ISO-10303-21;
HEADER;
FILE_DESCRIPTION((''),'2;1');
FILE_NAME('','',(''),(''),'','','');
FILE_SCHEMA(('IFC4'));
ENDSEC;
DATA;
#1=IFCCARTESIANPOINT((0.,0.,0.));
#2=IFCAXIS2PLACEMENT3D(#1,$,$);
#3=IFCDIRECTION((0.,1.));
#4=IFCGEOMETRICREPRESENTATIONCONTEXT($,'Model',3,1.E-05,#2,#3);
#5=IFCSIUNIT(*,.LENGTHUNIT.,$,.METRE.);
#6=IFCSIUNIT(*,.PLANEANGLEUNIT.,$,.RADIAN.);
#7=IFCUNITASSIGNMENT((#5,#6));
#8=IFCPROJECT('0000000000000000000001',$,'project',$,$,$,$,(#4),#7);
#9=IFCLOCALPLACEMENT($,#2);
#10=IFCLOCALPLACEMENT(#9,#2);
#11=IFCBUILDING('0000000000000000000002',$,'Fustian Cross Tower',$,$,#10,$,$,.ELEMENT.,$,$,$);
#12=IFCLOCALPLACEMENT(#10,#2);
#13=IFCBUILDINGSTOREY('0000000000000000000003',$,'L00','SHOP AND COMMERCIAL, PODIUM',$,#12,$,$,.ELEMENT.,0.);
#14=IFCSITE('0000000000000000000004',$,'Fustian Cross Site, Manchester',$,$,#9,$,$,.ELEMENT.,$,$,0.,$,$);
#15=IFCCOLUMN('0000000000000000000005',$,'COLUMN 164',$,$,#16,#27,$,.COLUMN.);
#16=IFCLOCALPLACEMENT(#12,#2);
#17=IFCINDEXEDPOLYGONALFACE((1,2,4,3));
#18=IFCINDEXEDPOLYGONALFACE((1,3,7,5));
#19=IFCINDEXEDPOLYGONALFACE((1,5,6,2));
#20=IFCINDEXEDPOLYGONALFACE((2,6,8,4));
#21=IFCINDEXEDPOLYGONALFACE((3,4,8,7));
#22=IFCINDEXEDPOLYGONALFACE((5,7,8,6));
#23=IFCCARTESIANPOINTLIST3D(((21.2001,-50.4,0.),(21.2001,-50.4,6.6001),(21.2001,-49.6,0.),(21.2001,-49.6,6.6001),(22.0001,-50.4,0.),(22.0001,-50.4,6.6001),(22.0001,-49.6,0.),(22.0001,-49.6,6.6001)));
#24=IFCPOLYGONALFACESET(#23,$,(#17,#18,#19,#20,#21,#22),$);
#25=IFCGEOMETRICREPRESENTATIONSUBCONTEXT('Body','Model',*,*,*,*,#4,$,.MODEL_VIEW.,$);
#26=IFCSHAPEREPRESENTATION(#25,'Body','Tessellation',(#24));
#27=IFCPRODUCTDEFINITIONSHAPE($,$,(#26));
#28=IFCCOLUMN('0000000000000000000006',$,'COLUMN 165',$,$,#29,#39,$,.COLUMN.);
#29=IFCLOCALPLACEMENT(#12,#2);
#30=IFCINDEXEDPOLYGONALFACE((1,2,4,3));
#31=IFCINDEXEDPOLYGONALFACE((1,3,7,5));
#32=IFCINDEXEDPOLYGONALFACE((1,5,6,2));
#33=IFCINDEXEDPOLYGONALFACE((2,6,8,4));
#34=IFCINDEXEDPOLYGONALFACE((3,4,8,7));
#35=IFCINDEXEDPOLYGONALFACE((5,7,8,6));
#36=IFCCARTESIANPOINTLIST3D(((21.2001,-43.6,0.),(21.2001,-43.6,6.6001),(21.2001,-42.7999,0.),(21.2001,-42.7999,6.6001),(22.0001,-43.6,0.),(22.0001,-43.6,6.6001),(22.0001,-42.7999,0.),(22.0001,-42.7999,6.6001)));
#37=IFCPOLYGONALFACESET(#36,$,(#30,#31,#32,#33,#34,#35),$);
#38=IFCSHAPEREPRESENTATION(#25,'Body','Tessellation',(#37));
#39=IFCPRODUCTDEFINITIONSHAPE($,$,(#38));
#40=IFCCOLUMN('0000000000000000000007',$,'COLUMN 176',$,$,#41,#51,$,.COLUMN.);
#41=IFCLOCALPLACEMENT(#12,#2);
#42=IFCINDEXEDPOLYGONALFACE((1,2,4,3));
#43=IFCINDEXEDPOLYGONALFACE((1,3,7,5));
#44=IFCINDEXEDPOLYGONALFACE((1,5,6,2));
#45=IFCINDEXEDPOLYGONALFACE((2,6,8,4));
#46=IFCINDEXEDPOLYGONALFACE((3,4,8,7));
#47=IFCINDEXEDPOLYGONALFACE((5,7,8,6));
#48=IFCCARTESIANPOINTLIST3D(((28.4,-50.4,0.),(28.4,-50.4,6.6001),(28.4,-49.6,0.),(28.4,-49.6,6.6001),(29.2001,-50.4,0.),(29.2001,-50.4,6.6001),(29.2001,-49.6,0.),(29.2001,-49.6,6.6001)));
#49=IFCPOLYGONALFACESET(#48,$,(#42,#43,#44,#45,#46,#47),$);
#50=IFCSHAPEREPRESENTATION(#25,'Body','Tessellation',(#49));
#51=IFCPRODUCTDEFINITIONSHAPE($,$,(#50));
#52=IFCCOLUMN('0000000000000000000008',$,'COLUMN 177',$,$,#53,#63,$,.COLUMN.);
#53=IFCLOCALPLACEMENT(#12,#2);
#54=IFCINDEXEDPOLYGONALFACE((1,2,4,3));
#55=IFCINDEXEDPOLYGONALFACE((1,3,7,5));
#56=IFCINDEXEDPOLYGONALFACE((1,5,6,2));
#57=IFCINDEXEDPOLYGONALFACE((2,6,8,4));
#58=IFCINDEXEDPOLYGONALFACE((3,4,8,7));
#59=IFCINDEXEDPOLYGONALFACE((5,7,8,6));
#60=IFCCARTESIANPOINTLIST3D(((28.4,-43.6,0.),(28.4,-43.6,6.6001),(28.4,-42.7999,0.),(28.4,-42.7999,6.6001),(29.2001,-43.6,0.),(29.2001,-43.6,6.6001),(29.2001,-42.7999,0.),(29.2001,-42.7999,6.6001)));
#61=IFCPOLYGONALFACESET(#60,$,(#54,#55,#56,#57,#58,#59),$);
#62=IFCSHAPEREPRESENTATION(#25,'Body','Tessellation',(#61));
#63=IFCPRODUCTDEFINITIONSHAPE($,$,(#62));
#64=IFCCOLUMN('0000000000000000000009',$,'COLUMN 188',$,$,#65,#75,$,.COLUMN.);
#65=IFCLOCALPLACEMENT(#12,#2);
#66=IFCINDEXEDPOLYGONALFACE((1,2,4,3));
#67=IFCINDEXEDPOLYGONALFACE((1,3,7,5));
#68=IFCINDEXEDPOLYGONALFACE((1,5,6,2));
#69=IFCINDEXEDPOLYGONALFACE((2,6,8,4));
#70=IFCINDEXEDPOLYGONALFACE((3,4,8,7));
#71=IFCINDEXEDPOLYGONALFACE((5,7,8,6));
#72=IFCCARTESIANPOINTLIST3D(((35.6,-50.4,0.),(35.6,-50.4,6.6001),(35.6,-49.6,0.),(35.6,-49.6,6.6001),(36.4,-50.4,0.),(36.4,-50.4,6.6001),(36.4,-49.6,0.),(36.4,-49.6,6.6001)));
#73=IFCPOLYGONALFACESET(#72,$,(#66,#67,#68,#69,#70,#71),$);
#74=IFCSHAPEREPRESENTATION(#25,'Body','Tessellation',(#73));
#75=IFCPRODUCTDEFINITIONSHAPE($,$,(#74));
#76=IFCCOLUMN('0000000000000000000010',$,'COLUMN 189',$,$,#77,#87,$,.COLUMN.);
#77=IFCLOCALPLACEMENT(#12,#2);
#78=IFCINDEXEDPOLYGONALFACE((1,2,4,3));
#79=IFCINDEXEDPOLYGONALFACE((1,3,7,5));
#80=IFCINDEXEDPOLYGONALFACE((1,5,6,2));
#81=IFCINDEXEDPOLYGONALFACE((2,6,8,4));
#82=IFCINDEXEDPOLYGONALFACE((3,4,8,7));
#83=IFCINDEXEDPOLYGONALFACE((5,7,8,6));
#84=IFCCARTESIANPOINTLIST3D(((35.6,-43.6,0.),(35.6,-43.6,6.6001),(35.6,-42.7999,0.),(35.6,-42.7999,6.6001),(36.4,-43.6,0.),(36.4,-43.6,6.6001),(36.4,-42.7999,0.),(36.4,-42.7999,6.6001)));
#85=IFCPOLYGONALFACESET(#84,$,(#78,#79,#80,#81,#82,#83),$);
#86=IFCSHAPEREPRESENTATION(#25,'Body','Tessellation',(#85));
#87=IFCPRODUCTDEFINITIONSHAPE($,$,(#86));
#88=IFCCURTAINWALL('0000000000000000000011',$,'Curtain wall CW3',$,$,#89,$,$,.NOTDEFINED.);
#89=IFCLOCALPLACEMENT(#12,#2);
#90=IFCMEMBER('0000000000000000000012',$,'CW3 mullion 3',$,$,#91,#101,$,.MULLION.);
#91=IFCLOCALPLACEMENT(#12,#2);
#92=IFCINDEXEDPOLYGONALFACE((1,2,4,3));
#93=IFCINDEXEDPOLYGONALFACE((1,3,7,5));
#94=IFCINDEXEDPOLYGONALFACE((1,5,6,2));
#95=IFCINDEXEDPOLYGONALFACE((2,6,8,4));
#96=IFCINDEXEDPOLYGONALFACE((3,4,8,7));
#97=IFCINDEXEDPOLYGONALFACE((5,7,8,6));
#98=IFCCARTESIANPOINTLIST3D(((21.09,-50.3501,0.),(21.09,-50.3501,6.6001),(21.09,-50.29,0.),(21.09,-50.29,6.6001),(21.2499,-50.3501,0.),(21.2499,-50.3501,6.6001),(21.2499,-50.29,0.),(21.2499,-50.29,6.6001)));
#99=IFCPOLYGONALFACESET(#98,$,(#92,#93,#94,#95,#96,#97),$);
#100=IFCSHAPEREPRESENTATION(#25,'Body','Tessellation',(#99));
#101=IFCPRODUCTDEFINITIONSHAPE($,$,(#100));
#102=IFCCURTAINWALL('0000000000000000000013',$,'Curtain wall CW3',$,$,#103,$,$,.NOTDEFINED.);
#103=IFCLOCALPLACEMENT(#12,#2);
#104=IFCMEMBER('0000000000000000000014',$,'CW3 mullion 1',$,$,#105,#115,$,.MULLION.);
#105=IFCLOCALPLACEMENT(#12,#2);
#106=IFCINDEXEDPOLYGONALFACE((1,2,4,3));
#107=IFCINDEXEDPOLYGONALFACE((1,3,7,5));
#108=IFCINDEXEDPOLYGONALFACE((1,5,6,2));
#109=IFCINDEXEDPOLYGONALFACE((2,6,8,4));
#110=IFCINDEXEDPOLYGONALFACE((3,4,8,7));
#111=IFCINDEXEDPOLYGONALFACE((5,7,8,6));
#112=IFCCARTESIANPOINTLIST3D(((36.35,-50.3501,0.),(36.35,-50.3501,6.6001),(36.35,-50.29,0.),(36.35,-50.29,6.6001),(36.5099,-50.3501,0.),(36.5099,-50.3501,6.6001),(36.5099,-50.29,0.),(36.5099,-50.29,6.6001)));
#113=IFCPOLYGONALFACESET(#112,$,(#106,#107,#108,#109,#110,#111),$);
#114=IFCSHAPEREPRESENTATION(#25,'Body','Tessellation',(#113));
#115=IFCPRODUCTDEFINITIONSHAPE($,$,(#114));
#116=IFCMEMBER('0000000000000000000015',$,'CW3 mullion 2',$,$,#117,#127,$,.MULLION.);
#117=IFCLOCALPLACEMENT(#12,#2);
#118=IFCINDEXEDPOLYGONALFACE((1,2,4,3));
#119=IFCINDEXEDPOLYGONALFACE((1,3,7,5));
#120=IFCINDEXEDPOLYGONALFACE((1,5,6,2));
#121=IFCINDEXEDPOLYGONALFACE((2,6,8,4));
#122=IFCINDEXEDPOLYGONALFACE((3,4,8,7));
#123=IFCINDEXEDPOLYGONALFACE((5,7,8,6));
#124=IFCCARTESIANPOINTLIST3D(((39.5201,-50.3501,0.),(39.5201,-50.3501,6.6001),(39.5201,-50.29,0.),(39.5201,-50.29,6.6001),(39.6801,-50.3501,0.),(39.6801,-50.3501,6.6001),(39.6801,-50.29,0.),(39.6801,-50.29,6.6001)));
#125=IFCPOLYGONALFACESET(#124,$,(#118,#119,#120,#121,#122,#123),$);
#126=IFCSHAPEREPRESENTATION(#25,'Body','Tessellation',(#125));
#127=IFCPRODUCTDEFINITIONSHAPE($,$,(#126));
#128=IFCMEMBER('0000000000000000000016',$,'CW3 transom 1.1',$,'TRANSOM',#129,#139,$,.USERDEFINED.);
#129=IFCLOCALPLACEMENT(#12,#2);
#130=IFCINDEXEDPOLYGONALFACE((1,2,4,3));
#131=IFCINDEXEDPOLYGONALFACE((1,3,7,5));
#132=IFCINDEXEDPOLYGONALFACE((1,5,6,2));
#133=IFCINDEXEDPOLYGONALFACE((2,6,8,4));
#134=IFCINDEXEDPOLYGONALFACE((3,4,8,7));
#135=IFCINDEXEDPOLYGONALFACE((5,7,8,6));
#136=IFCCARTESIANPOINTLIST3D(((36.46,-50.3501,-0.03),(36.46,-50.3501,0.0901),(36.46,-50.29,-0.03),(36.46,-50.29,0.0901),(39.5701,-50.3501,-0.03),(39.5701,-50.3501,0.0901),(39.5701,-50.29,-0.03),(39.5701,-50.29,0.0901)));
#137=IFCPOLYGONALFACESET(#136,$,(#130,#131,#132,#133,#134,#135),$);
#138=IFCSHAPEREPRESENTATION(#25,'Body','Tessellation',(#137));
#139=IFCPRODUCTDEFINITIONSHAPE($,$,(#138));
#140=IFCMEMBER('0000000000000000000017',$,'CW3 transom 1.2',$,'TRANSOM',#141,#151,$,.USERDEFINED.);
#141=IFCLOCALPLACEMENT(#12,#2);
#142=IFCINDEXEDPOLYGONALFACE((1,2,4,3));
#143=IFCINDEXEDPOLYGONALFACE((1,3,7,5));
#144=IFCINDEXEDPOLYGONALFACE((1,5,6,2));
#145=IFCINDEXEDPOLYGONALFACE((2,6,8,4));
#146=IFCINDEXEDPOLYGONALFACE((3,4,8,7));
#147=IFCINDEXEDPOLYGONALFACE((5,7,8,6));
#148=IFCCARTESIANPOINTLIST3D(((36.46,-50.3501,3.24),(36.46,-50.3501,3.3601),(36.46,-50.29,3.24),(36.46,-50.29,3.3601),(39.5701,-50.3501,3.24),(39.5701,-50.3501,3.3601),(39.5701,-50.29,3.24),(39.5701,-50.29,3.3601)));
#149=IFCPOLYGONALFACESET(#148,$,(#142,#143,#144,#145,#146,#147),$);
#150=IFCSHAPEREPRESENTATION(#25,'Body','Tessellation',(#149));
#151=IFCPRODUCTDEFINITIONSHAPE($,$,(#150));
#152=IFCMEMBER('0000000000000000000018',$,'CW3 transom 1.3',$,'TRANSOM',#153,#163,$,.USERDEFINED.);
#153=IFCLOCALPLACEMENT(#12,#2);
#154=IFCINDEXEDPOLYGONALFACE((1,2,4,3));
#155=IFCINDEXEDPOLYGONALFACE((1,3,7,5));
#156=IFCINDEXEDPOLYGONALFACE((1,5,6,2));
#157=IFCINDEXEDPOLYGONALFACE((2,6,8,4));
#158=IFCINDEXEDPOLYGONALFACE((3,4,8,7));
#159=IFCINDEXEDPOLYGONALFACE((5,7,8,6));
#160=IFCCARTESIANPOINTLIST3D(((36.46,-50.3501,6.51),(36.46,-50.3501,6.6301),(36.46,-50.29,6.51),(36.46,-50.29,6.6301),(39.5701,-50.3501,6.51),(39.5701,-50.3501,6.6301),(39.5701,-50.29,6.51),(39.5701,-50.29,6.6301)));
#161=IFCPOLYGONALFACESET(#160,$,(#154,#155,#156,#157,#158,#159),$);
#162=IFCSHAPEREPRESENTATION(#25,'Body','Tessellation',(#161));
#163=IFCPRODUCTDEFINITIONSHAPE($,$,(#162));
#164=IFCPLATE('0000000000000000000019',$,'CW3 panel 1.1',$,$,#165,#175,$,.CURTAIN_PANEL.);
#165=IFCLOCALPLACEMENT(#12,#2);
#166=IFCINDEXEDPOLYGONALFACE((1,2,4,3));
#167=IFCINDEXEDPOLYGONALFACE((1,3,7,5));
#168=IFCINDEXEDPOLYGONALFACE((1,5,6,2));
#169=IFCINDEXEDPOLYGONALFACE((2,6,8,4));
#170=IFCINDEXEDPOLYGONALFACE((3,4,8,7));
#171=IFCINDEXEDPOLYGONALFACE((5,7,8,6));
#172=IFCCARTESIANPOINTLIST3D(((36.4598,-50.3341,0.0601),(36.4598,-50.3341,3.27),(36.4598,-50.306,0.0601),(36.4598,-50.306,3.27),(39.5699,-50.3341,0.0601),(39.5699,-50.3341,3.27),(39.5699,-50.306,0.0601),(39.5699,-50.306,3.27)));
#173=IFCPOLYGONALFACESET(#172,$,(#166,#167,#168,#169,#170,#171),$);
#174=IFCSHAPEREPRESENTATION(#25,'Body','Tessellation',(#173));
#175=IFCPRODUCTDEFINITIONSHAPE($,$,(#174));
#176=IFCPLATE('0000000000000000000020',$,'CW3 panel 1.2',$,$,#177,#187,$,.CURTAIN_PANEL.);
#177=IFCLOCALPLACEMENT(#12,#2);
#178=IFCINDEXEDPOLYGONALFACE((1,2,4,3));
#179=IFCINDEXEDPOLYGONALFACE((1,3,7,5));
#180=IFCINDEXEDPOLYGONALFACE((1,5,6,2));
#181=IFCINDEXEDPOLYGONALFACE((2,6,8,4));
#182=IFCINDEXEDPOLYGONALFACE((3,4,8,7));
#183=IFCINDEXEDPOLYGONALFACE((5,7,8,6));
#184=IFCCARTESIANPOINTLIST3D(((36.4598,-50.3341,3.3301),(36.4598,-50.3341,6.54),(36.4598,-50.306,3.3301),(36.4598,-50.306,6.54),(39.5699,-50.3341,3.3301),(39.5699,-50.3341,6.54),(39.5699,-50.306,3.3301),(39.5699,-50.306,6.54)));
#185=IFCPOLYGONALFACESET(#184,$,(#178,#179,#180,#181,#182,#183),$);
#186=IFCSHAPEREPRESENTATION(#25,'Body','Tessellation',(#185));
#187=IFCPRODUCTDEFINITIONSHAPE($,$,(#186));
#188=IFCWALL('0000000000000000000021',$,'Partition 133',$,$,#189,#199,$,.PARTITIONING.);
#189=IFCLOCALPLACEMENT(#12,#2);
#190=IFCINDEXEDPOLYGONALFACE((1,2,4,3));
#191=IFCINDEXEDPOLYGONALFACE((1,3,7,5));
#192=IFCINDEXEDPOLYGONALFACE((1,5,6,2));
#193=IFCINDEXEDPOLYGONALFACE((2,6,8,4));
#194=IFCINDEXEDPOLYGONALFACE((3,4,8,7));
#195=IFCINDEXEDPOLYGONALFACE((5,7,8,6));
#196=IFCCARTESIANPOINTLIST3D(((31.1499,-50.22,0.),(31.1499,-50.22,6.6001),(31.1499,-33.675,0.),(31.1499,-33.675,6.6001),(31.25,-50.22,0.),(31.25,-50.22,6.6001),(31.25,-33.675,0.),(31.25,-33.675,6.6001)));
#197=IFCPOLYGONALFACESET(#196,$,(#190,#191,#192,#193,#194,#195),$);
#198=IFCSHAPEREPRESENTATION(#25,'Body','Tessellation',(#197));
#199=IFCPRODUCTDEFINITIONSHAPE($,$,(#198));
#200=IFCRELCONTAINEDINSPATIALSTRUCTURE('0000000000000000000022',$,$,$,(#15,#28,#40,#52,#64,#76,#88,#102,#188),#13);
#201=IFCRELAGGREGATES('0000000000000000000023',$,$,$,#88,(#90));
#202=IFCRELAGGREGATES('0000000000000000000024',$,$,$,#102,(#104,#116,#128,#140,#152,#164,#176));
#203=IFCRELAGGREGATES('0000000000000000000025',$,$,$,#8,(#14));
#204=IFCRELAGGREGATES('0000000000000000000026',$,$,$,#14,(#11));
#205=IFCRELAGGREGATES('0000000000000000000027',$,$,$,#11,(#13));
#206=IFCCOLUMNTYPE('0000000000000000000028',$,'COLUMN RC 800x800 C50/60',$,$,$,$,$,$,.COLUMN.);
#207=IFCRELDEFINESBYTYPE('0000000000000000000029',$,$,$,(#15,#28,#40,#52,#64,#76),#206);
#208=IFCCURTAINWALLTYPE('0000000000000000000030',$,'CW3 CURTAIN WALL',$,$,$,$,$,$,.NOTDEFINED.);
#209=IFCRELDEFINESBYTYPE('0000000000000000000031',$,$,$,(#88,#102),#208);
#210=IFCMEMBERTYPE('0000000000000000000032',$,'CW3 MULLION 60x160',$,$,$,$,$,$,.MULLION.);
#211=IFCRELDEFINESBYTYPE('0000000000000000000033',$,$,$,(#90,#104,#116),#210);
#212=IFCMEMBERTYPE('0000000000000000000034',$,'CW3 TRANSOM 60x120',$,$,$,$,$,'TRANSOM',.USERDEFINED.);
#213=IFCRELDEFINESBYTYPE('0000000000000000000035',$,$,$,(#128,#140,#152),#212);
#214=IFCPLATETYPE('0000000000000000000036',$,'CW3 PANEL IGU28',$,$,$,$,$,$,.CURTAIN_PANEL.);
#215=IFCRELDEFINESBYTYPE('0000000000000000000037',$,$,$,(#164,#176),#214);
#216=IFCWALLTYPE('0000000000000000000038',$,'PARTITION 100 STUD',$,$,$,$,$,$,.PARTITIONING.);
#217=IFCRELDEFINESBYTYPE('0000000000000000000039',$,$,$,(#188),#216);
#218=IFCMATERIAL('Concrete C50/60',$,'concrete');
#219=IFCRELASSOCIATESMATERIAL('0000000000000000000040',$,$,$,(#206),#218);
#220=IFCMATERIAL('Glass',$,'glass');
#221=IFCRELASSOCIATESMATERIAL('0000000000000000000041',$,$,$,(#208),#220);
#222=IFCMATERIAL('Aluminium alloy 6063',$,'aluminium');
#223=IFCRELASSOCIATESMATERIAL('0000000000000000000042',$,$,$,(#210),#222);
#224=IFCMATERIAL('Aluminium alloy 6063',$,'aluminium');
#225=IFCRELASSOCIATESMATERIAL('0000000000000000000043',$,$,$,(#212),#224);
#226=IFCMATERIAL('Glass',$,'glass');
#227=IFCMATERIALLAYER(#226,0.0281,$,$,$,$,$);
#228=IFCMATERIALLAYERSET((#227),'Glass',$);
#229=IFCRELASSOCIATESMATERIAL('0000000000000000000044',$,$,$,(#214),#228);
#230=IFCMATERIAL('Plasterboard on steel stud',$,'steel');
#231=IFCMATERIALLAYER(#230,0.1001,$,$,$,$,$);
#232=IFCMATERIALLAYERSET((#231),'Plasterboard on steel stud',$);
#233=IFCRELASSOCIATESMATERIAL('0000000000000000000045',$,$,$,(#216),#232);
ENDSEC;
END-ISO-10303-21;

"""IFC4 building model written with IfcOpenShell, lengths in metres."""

from ifc_helpers import new_model, si_unit, direction, frame, frame_2d, origin, origin_2d, place, context, subcontext, project, spatial, rectangle, extrude, material, layer, layer_set, material_profile, profile_set, type_object, element, aggregate, save


model = new_model("IFC4")

# Units and contexts
model_context = context("Model", 3, precision=1e-05, world=origin(), true_north=direction((0.0, 1.0)))
body_context = subcontext(model_context, "Body", "Model", "MODEL_VIEW")
ifc_project = project(units=[si_unit("LENGTHUNIT", "METRE"), si_unit("PLANEANGLEUNIT", "RADIAN")], contexts=[model_context])

# Site, building, storey
site_placement = place(None, origin())
site = spatial("IfcSite", under=ifc_project, at=site_placement, Name="Fustian Cross Site, Manchester", CompositionType="ELEMENT", RefElevation=0.0)
building_placement = place(site_placement, origin())
building = spatial("IfcBuilding", under=site, at=building_placement, Name="Fustian Cross Tower", CompositionType="ELEMENT")
storey_placement = place(building_placement, origin())
storey = spatial("IfcBuildingStorey", under=building, at=storey_placement, Name="L00", Description="SHOP AND COMMERCIAL, PODIUM", CompositionType="ELEMENT", Elevation=0.0)

# Columns
ifc_material_1 = material(Name="Concrete C50/60", Category="concrete")
ifc_material_profile_1 = material_profile(ifc_material_1, rectangle(XDim=0.8, YDim=0.8, at=origin_2d()), Name="RC 800x800")
ifc_profile_set_1 = profile_set([ifc_material_profile_1], Name="Concrete C50/60")
column_type = type_object("IfcColumnType", Name="COLUMN RC 800x800 C50/60", PredefinedType="COLUMN", material=ifc_profile_set_1)
for number, where, z_axis, x_axis, name in (
    (1, (21.6001, -50.0, 0.0), (0.0, 0.0, 1.0), (1.0, 0.0, 0.0), "COLUMN 164"),
    (2, (21.6001, -43.2, 0.0), (0.0, 0.0, 1.0), (1.0, 0.0, 0.0), "COLUMN 165"),
    (3, (28.8, -50.0, 0.0), (0.0, 0.0, 1.0), (1.0, 0.0, 0.0), "COLUMN 176"),
    (4, (28.8, -43.2, 0.0), (0.0, 0.0, 1.0), (1.0, 0.0, 0.0), "COLUMN 177"),
    (5, (36.0, -50.0, 0.0), (0.0, 0.0, 1.0), (1.0, 0.0, 0.0), "COLUMN 188"),
    (6, (36.0, -43.2, 0.0), (0.0, 0.0, 1.0), (1.0, 0.0, 0.0), "COLUMN 189"),
):
    element("IfcColumn", number, at=place(storey_placement, frame(where, z_axis=z_axis, x_axis=x_axis)), inside=storey, type_object=column_type, Name=name, PredefinedType="COLUMN", context=body_context, shape_type="SweptSolid", body=[
        extrude(rectangle(XDim=0.8, YDim=0.8, at=origin_2d()), origin(), (0.0, 0.0, 1.0), 6.6001),
    ])

# Curtain wall, member
ifc_material_2 = material(Name="Glass", Category="glass")
curtain_wall_type = type_object("IfcCurtainWallType", Name="CW3 CURTAIN WALL", PredefinedType="NOTDEFINED", material=ifc_material_2)
curtain_wall_1_placement = place(storey_placement, origin())
curtain_wall_1 = element("IfcCurtainWall", 7, at=curtain_wall_1_placement, inside=storey, type_object=curtain_wall_type, Name="Curtain wall CW3", PredefinedType="NOTDEFINED")
ifc_material_3 = material(Name="Aluminium alloy 6063", Category="aluminium")
ifc_material_profile_2 = material_profile(ifc_material_3, rectangle(XDim=0.0601, YDim=0.1599, at=origin_2d()), Name="CW3 MULLION 60x160")
ifc_profile_set_2 = profile_set([ifc_material_profile_2], Name="Aluminium alloy 6063")
member_type_1 = type_object("IfcMemberType", Name="CW3 MULLION 60x160", PredefinedType="MULLION", material=ifc_profile_set_2)
member_1_placement = place(storey_placement, frame((21.1699, -50.3201, 0.0), z_axis=(0.0, 0.0, 1.0), x_axis=(0.0, 1.0, 0.0)))
member_1 = element("IfcMember", 8, at=member_1_placement, type_object=member_type_1, Name="CW3 mullion 3", PredefinedType="MULLION", context=body_context, shape_type="SweptSolid", body=[
    extrude(rectangle(XDim=0.0601, YDim=0.1599, at=origin_2d()), origin(), (0.0, 0.0, 1.0), 6.6001),
])
aggregate(curtain_wall_1, [member_1])

# Curtain wall, members, plates
curtain_wall_2_placement = place(storey_placement, origin())
curtain_wall_2 = element("IfcCurtainWall", 9, at=curtain_wall_2_placement, inside=storey, type_object=curtain_wall_type, Name="Curtain wall CW3", PredefinedType="NOTDEFINED")
member_2_placement = place(storey_placement, frame((36.4299, -50.3201, 0.0), z_axis=(0.0, 0.0, 1.0), x_axis=(0.0, 1.0, 0.0)))
member_2 = element("IfcMember", 10, at=member_2_placement, type_object=member_type_1, Name="CW3 mullion 1", PredefinedType="MULLION", context=body_context, shape_type="SweptSolid", body=[
    extrude(rectangle(XDim=0.0601, YDim=0.1599, at=origin_2d()), origin(), (0.0, 0.0, 1.0), 6.6001),
])
member_3_placement = place(storey_placement, frame((39.6001, -50.3201, 0.0), z_axis=(0.0, 0.0, 1.0), x_axis=(0.0, 1.0, 0.0)))
member_3 = element("IfcMember", 11, at=member_3_placement, type_object=member_type_1, Name="CW3 mullion 2", PredefinedType="MULLION", context=body_context, shape_type="SweptSolid", body=[
    extrude(rectangle(XDim=0.0601, YDim=0.1599, at=origin_2d()), origin(), (0.0, 0.0, 1.0), 6.6001),
])
ifc_material_4 = material(Name="Aluminium alloy 6063", Category="aluminium")
ifc_material_profile_3 = material_profile(ifc_material_4, rectangle(XDim=0.0601, YDim=0.1201, at=origin_2d()), Name="CW3 TRANSOM 60x120")
ifc_profile_set_3 = profile_set([ifc_material_profile_3], Name="Aluminium alloy 6063")
member_type_2 = type_object("IfcMemberType", Name="CW3 TRANSOM 60x120", ElementType="TRANSOM", PredefinedType="USERDEFINED", material=ifc_profile_set_3)
member_4_placement = place(storey_placement, frame((36.46, -50.3201, 0.03), z_axis=(1.0, 0.0, 0.0), x_axis=(0.0, 1.0, 0.0)))
member_4 = element("IfcMember", 12, at=member_4_placement, type_object=member_type_2, Name="CW3 transom 1.1", ObjectType="TRANSOM", PredefinedType="USERDEFINED", context=body_context, shape_type="SweptSolid", body=[
    extrude(rectangle(XDim=0.0601, YDim=0.1201, at=origin_2d()), origin(), (0.0, 0.0, 1.0), 3.1101),
])
member_5_placement = place(storey_placement, frame((36.46, -50.3201, 3.3), z_axis=(1.0, 0.0, 0.0), x_axis=(0.0, 1.0, 0.0)))
member_5 = element("IfcMember", 13, at=member_5_placement, type_object=member_type_2, Name="CW3 transom 1.2", ObjectType="TRANSOM", PredefinedType="USERDEFINED", context=body_context, shape_type="SweptSolid", body=[
    extrude(rectangle(XDim=0.0601, YDim=0.1201, at=origin_2d()), origin(), (0.0, 0.0, 1.0), 3.1101),
])
member_6_placement = place(storey_placement, frame((36.46, -50.3201, 6.5701), z_axis=(1.0, 0.0, 0.0), x_axis=(0.0, 1.0, 0.0)))
member_6 = element("IfcMember", 14, at=member_6_placement, type_object=member_type_2, Name="CW3 transom 1.3", ObjectType="TRANSOM", PredefinedType="USERDEFINED", context=body_context, shape_type="SweptSolid", body=[
    extrude(rectangle(XDim=0.0601, YDim=0.1201, at=origin_2d()), origin(), (0.0, 0.0, 1.0), 3.1101),
])
ifc_material_5 = material(Name="Glass", Category="glass")
ifc_layer_1 = layer(ifc_material_5, 0.0281)
ifc_layer_set_1 = layer_set([ifc_layer_1], Name="Glass")
plate_type = type_object("IfcPlateType", Name="CW3 PANEL IGU28", PredefinedType="CURTAIN_PANEL", material=ifc_layer_set_1)
plate_1_placement = place(storey_placement, frame((38.0149, -50.3201, 0.0601), z_axis=(0.0, 0.0, 1.0), x_axis=(1.0, 0.0, 0.0)))
plate_1 = element("IfcPlate", 15, at=plate_1_placement, type_object=plate_type, Name="CW3 panel 1.1", PredefinedType="CURTAIN_PANEL", context=body_context, shape_type="SweptSolid", body=[
    extrude(rectangle(XDim=3.1101, YDim=0.0281, at=origin_2d()), origin(), (0.0, 0.0, 1.0), 3.21),
])
plate_2_placement = place(storey_placement, frame((38.0149, -50.3201, 3.3301), z_axis=(0.0, 0.0, 1.0), x_axis=(1.0, 0.0, 0.0)))
plate_2 = element("IfcPlate", 16, at=plate_2_placement, type_object=plate_type, Name="CW3 panel 1.2", PredefinedType="CURTAIN_PANEL", context=body_context, shape_type="SweptSolid", body=[
    extrude(rectangle(XDim=3.1101, YDim=0.0281, at=origin_2d()), origin(), (0.0, 0.0, 1.0), 3.21),
])
aggregate(curtain_wall_2, [member_2, member_3, member_4, member_5, member_6, plate_1, plate_2])

# Wall
ifc_material_6 = material(Name="Plasterboard on steel stud", Category="steel")
ifc_layer_2 = layer(ifc_material_6, 0.1001)
ifc_layer_set_2 = layer_set([ifc_layer_2], Name="Plasterboard on steel stud")
wall_type_1 = type_object("IfcWallType", Name="PARTITION 100 STUD", PredefinedType="PARTITIONING", material=ifc_layer_set_2)
wall_1_placement = place(storey_placement, frame((31.2, -50.22, 0.0), z_axis=(0.0, 0.0, 1.0), x_axis=(0.0, 1.0, 0.0)))
element("IfcWall", 17, at=wall_1_placement, inside=storey, type_object=wall_type_1, Name="Partition 133", PredefinedType="PARTITIONING", context=body_context, shape_type="SweptSolid", body=[
    extrude(rectangle(XDim=16.5449, YDim=0.1001, at=frame_2d((8.2725, 0.0))), origin(), (0.0, 0.0, 1.0), 6.6001),
])

save(model, "model.ifc")
